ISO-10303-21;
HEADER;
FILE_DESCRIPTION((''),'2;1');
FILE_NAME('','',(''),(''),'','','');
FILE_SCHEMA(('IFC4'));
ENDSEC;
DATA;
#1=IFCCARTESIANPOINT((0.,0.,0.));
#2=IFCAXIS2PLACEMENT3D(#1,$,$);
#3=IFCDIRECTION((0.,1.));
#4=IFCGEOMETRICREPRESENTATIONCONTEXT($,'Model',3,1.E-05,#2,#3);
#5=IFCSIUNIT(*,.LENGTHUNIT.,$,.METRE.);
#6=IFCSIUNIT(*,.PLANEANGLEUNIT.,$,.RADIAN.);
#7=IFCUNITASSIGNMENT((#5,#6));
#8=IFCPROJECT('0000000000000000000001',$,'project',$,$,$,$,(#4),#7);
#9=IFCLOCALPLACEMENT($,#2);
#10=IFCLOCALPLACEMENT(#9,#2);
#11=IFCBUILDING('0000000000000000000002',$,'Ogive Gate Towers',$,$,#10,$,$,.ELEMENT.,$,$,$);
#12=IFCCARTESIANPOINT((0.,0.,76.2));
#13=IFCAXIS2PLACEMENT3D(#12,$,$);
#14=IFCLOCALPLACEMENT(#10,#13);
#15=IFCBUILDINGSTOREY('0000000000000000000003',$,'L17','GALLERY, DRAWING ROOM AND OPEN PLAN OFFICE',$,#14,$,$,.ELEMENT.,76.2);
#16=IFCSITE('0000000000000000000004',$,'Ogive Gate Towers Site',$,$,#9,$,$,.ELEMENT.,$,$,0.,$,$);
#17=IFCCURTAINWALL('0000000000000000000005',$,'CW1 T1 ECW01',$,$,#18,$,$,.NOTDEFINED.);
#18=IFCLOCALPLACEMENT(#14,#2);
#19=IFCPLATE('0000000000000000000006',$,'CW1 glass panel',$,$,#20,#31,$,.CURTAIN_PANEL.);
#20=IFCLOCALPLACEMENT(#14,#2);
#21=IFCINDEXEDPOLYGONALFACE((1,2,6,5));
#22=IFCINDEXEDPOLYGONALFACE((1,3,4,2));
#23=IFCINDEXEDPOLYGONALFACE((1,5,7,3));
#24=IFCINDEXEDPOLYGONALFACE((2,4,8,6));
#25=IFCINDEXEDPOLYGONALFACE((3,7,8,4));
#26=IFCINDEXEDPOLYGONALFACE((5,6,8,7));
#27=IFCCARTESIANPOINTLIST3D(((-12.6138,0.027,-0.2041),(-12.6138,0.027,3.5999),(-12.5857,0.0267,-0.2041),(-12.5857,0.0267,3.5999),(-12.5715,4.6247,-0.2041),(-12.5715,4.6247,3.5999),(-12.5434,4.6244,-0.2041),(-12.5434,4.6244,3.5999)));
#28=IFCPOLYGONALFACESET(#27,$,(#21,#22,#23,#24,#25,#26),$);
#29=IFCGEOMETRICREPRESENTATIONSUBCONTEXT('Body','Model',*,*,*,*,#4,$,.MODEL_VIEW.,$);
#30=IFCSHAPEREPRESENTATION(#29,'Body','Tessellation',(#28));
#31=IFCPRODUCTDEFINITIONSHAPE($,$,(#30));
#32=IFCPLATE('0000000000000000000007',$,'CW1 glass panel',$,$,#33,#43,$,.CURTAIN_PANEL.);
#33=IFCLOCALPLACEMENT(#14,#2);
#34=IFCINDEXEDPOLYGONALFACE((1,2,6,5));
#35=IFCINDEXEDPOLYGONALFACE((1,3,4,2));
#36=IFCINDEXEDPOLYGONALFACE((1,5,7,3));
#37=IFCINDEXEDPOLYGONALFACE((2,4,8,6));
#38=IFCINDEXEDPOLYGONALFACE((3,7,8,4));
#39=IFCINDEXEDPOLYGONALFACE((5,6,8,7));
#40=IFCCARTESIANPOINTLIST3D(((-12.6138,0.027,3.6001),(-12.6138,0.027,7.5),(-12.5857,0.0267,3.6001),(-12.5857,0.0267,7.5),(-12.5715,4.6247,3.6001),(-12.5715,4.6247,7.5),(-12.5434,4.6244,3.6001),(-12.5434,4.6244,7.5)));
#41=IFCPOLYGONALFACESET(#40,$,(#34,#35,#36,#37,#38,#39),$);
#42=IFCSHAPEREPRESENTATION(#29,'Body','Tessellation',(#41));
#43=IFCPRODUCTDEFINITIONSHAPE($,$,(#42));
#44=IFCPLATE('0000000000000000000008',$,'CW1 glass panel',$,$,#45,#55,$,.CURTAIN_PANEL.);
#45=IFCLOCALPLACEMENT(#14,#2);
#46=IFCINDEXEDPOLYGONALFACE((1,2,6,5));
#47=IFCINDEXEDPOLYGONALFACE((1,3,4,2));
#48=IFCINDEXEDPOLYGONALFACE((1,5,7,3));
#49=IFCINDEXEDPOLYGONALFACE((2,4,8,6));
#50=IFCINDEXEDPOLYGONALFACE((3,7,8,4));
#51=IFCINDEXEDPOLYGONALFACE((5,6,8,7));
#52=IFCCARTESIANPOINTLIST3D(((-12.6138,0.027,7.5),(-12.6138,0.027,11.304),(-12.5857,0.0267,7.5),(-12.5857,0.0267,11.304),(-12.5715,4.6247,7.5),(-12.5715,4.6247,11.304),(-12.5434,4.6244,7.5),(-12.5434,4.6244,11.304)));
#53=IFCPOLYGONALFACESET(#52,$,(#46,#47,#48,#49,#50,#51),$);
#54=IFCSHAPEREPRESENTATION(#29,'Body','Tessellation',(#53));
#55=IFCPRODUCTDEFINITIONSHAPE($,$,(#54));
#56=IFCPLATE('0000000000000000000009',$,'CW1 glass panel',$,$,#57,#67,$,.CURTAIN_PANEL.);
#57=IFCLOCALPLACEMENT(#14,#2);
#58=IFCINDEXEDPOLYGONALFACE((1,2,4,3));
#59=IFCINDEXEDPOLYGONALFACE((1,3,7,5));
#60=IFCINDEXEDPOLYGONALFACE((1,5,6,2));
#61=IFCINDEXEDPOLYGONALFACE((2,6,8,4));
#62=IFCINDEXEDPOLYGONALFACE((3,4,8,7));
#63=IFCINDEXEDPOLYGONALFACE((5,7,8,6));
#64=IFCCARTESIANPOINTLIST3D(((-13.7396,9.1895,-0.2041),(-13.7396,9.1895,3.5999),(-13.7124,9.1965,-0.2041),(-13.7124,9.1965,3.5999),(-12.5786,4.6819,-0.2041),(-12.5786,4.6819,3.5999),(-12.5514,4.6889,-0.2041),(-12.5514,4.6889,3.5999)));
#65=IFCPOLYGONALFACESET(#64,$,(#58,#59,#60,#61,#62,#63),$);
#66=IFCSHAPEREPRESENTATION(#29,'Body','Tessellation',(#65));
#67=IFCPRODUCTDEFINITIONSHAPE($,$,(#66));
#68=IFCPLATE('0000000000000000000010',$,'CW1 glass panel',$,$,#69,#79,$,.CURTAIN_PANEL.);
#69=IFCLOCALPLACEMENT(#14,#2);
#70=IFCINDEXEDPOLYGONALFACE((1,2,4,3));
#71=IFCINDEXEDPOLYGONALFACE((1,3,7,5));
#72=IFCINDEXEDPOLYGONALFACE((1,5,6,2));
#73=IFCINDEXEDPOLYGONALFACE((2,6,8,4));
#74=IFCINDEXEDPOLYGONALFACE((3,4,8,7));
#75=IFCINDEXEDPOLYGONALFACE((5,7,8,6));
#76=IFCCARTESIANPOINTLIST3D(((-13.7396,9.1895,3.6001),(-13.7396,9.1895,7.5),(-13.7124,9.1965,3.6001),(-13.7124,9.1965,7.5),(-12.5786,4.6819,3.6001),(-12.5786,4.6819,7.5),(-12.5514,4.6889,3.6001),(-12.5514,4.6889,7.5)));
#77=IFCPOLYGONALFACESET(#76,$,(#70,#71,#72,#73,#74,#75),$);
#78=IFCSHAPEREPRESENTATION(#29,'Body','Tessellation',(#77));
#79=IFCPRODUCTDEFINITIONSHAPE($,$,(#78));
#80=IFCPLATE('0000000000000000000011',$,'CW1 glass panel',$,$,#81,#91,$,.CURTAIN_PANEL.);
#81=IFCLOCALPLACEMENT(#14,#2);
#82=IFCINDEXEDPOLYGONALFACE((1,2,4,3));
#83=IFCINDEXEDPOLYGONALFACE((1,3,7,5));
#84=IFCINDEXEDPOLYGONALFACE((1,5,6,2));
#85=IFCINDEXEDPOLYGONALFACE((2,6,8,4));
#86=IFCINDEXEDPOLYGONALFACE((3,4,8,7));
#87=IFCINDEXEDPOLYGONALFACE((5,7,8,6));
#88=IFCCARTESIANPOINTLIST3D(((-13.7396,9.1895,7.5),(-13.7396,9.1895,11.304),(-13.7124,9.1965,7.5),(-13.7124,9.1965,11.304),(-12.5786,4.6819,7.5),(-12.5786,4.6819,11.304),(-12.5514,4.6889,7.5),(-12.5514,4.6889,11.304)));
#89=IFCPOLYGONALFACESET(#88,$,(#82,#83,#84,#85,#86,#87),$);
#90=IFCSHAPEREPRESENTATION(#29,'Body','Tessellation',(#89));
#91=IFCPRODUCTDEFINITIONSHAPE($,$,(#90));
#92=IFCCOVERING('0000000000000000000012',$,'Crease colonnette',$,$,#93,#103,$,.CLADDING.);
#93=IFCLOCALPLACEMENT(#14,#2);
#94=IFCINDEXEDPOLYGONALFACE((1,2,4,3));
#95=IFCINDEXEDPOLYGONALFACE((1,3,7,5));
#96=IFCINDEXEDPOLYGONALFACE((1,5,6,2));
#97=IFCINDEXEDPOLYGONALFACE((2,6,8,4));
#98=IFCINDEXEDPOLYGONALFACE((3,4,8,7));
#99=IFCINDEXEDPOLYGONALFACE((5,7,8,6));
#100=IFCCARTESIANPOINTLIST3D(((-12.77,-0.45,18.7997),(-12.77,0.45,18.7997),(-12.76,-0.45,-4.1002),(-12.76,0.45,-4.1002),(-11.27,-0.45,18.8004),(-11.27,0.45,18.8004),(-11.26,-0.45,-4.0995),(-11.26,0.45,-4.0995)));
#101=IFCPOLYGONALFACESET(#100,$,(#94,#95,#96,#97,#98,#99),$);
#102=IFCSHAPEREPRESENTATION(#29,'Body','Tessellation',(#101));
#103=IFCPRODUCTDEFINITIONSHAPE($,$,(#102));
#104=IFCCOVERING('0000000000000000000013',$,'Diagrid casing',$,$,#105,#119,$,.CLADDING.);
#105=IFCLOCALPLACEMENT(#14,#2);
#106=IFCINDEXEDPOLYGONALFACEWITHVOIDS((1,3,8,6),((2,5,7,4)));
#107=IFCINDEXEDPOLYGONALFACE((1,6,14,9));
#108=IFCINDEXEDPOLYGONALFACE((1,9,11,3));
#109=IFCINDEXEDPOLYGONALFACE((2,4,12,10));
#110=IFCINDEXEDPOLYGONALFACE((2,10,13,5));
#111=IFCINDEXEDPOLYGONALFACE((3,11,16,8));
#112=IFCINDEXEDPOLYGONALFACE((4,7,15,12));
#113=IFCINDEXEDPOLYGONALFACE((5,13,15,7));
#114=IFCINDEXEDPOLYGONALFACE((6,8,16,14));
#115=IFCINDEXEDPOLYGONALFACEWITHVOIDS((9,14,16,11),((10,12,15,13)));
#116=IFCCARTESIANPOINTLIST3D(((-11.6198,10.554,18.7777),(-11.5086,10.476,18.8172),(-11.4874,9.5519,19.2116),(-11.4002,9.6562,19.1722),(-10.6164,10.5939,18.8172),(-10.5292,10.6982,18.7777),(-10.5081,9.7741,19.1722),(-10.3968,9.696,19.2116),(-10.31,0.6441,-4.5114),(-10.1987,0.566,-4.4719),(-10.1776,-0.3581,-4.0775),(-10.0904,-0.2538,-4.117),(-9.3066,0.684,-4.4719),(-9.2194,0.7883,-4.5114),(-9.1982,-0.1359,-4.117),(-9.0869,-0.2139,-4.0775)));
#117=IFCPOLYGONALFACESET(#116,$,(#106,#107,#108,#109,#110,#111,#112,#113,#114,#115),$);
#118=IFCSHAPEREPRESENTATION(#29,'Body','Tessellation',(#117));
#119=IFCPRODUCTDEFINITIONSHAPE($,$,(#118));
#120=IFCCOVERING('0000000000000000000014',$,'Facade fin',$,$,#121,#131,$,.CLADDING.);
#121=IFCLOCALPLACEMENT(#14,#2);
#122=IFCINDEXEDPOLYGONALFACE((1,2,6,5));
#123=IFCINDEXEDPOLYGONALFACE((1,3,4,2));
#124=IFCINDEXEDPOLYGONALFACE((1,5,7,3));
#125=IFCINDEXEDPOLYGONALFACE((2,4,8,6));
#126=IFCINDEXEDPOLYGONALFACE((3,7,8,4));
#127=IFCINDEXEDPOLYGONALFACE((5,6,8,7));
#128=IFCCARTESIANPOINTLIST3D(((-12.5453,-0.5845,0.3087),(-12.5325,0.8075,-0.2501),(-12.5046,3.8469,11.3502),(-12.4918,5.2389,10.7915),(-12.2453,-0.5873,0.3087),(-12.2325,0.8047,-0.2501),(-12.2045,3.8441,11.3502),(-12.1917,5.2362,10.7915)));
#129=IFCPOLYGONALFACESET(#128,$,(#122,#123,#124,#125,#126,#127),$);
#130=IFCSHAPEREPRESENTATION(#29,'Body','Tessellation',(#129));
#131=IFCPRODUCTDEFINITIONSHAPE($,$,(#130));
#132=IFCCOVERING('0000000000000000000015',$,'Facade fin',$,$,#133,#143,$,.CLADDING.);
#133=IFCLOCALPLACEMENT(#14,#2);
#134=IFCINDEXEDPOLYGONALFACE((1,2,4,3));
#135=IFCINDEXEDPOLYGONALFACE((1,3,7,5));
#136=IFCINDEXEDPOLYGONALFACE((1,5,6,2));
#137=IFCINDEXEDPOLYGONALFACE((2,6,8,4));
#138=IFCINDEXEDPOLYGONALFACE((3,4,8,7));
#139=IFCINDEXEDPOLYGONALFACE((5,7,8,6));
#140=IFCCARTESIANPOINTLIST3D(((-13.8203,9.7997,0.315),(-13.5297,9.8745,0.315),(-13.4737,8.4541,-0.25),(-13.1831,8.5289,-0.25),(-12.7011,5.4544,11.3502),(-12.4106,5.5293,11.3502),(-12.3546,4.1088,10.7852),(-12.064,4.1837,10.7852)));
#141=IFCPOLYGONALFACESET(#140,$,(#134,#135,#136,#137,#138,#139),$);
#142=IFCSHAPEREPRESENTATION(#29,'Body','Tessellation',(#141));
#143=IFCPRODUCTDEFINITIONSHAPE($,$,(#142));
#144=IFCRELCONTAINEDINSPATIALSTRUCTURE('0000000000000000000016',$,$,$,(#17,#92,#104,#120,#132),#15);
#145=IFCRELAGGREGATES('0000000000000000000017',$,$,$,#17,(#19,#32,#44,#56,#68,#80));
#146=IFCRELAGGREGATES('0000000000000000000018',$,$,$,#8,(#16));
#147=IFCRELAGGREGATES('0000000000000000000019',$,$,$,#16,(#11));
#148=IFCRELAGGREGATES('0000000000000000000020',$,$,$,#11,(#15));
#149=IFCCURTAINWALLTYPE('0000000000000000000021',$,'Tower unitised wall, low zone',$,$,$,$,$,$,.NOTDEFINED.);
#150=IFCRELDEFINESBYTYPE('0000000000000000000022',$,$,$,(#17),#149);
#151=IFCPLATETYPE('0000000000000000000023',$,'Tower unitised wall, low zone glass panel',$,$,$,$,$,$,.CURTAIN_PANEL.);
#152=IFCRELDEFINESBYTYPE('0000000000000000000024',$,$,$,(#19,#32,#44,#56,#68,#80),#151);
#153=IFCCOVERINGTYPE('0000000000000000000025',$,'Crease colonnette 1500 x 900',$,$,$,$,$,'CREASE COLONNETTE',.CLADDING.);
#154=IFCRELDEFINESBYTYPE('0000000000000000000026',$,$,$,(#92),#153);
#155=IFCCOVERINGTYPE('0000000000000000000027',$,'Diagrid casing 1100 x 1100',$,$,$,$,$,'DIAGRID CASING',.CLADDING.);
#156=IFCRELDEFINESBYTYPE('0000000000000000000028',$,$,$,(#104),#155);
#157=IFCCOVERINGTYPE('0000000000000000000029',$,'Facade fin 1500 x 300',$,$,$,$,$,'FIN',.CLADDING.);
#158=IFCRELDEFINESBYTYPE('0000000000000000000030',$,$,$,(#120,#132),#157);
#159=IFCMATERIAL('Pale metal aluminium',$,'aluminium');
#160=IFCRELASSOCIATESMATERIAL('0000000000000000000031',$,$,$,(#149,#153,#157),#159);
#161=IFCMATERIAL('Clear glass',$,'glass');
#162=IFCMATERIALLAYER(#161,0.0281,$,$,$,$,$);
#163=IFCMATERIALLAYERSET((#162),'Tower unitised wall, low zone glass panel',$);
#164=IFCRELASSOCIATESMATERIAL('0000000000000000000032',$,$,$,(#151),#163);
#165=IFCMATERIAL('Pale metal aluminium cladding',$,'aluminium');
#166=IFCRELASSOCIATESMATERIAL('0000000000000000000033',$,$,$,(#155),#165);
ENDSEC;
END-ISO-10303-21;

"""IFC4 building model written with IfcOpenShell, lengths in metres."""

from ifc_helpers import new_model, si_unit, direction, frame, origin, origin_2d, place, context, subcontext, project, spatial, rectangle, hollow_rectangle, extrude, material, layer, layer_set, material_profile, profile_set, type_object, element, aggregate, save


model = new_model("IFC4")

# Units and contexts
model_context = context("Model", 3, precision=1e-05, world=origin(), true_north=direction((0.0, 1.0)))
body_context = subcontext(model_context, "Body", "Model", "MODEL_VIEW")
ifc_project = project(units=[si_unit("LENGTHUNIT", "METRE"), si_unit("PLANEANGLEUNIT", "RADIAN")], contexts=[model_context])

# Site, building, storey
site_placement = place(None, origin())
site = spatial("IfcSite", under=ifc_project, at=site_placement, Name="Ogive Gate Towers Site", CompositionType="ELEMENT", RefElevation=0.0)
building_placement = place(site_placement, origin())
building = spatial("IfcBuilding", under=site, at=building_placement, Name="Ogive Gate Towers", CompositionType="ELEMENT")
storey_placement = place(building_placement, frame((0.0, 0.0, 76.2)))
storey = spatial("IfcBuildingStorey", under=building, at=storey_placement, Name="L17", Description="GALLERY, DRAWING ROOM AND OPEN PLAN OFFICE", CompositionType="ELEMENT", Elevation=76.2)

# Curtain wall
ifc_material_1 = material(Name="Pale metal aluminium", Category="aluminium")
curtain_wall_type = type_object("IfcCurtainWallType", Name="Tower unitised wall, low zone", PredefinedType="NOTDEFINED", material=ifc_material_1)
curtain_wall_placement = place(storey_placement, origin())
curtain_wall = element("IfcCurtainWall", 1, at=curtain_wall_placement, inside=storey, type_object=curtain_wall_type, Name="CW1 T1 ECW01", PredefinedType="NOTDEFINED")

# Plates
ifc_material_2 = material(Name="Clear glass", Category="glass")
ifc_layer_1 = layer(ifc_material_2, 0.0281)
ifc_layer_set_1 = layer_set([ifc_layer_1], Name="Tower unitised wall, low zone glass panel")
plate_type = type_object("IfcPlateType", Name="Tower unitised wall, low zone glass panel", PredefinedType="CURTAIN_PANEL", material=ifc_layer_set_1)
plate_1_placement = place(storey_placement, frame((-12.5786, 2.3257, -0.2041), z_axis=(0.0, 0.0, 1.0), x_axis=(0.009198, 0.999958, 0.0)))
plate_1 = element("IfcPlate", 2, at=plate_1_placement, type_object=plate_type, Name="CW1 glass panel", PredefinedType="CURTAIN_PANEL", context=body_context, shape_type="SweptSolid", body=[
    extrude(rectangle(XDim=4.5979, YDim=0.0281, at=origin_2d()), origin(), (0.0, 0.0, 1.0), 3.804),
])
plate_2_placement = place(storey_placement, frame((-12.5786, 2.3257, 3.6001), z_axis=(0.0, 0.0, 1.0), x_axis=(0.009198, 0.999958, 0.0)))
plate_2 = element("IfcPlate", 3, at=plate_2_placement, type_object=plate_type, Name="CW1 glass panel", PredefinedType="CURTAIN_PANEL", context=body_context, shape_type="SweptSolid", body=[
    extrude(rectangle(XDim=4.5979, YDim=0.0281, at=origin_2d()), origin(), (0.0, 0.0, 1.0), 3.8999),
])
plate_3_placement = place(storey_placement, frame((-12.5786, 2.3257, 7.5), z_axis=(0.0, 0.0, 1.0), x_axis=(0.009198, 0.999958, 0.0)))
plate_3 = element("IfcPlate", 4, at=plate_3_placement, type_object=plate_type, Name="CW1 glass panel", PredefinedType="CURTAIN_PANEL", context=body_context, shape_type="SweptSolid", body=[
    extrude(rectangle(XDim=4.5979, YDim=0.0281, at=origin_2d()), origin(), (0.0, 0.0, 1.0), 3.804),
])
plate_4_placement = place(storey_placement, frame((-13.1455, 6.9392, -0.2041), z_axis=(0.0, 0.0, 1.0), x_axis=(-0.249417, 0.968396, 0.0)))
plate_4 = element("IfcPlate", 5, at=plate_4_placement, type_object=plate_type, Name="CW1 glass panel", PredefinedType="CURTAIN_PANEL", context=body_context, shape_type="SweptSolid", body=[
    extrude(rectangle(XDim=4.6548, YDim=0.0281, at=origin_2d()), origin(), (0.0, 0.0, 1.0), 3.804),
])
plate_5_placement = place(storey_placement, frame((-13.1455, 6.9392, 3.6001), z_axis=(0.0, 0.0, 1.0), x_axis=(-0.249417, 0.968396, 0.0)))
plate_5 = element("IfcPlate", 6, at=plate_5_placement, type_object=plate_type, Name="CW1 glass panel", PredefinedType="CURTAIN_PANEL", context=body_context, shape_type="SweptSolid", body=[
    extrude(rectangle(XDim=4.6548, YDim=0.0281, at=origin_2d()), origin(), (0.0, 0.0, 1.0), 3.8999),
])
plate_6_placement = place(storey_placement, frame((-13.1455, 6.9392, 7.5), z_axis=(0.0, 0.0, 1.0), x_axis=(-0.249417, 0.968396, 0.0)))
plate_6 = element("IfcPlate", 7, at=plate_6_placement, type_object=plate_type, Name="CW1 glass panel", PredefinedType="CURTAIN_PANEL", context=body_context, shape_type="SweptSolid", body=[
    extrude(rectangle(XDim=4.6548, YDim=0.0281, at=origin_2d()), origin(), (0.0, 0.0, 1.0), 3.804),
])
aggregate(curtain_wall, [plate_1, plate_2, plate_3, plate_4, plate_5, plate_6])

# Coverings
ifc_material_profile_1 = material_profile(ifc_material_1, rectangle(XDim=1.5, YDim=0.8999, at=origin_2d()), Name="1500 x 900 pale metal aluminium")
ifc_profile_set_1 = profile_set([ifc_material_profile_1], Name="Pale metal aluminium")
covering_type_1 = type_object("IfcCoveringType", Name="Crease colonnette 1500 x 900", ElementType="CREASE COLONNETTE", PredefinedType="CLADDING", material=ifc_profile_set_1)
covering_1_placement = place(storey_placement, frame((-12.01, 0.0, -4.0999), z_axis=(-0.000437, 0.0, 1.0), x_axis=(1.0, 0.0, 0.0)))
element("IfcCovering", 8, at=covering_1_placement, inside=storey, type_object=covering_type_1, Name="Crease colonnette", PredefinedType="CLADDING", context=body_context, shape_type="SweptSolid", body=[
    extrude(rectangle(XDim=1.5, YDim=0.8999, at=origin_2d()), origin(), (0.0, 0.0, 1.0), 22.8999),
])
ifc_material_3 = material(Name="Pale metal aluminium cladding", Category="aluminium")
ifc_material_profile_2 = material_profile(ifc_material_3, hollow_rectangle(XDim=1.1001, YDim=1.1001, WallThickness=0.1001, at=origin_2d()), Name="1100 x 1100 pale metal casing")
ifc_profile_set_2 = profile_set([ifc_material_profile_2], Name="Pale metal aluminium cladding")
covering_type_2 = type_object("IfcCoveringType", Name="Diagrid casing 1100 x 1100", ElementType="DIAGRID CASING", PredefinedType="CLADDING", material=ifc_profile_set_2)
covering_2_placement = place(storey_placement, frame((-9.6985, 0.2151, -4.2944), z_axis=(-0.051682, 0.391021, 0.91893), x_axis=(-0.991378, -0.131033, 0.0)))
element("IfcCovering", 9, at=covering_2_placement, inside=storey, type_object=covering_type_2, Name="Diagrid casing", PredefinedType="CLADDING", context=body_context, shape_type="SweptSolid", body=[
    extrude(hollow_rectangle(XDim=1.1001, YDim=1.1001, WallThickness=0.1001, at=origin_2d()), origin(), (0.0, 0.0, 1.0), 25.3438),
])
ifc_material_profile_3 = material_profile(ifc_material_1, rectangle(XDim=0.3, YDim=1.5, at=origin_2d()), Name="1500 x 300 pale metal aluminium")
ifc_profile_set_3 = profile_set([ifc_material_profile_3], Name="Pale metal aluminium")
covering_type_3 = type_object("IfcCoveringType", Name="Facade fin 1500 x 300", ElementType="FIN", PredefinedType="CLADDING", material=ifc_profile_set_3)
covering_3_placement = place(storey_placement, frame((-12.3889, 0.1101, 0.0293), z_axis=(0.003427, 0.37246, 0.928042), x_axis=(-0.999958, 0.0092, 0.0)))
element("IfcCovering", 10, at=covering_3_placement, inside=storey, type_object=covering_type_3, Name="Facade fin", PredefinedType="CLADDING", context=body_context, shape_type="SweptSolid", body=[
    extrude(rectangle(XDim=0.3, YDim=1.5, at=origin_2d()), origin(), (0.0, 0.0, 1.0), 11.8977),
])
covering_4_placement = place(storey_placement, frame((-13.5017, 9.1643, 0.0325), z_axis=(0.093947, -0.36476, 0.92635), x_axis=(0.968396, 0.249417, 0.0)))
element("IfcCovering", 11, at=covering_4_placement, inside=storey, type_object=covering_type_3, Name="Facade fin", PredefinedType="CLADDING", context=body_context, shape_type="SweptSolid", body=[
    extrude(rectangle(XDim=0.3, YDim=1.5, at=origin_2d()), origin(), (0.0, 0.0, 1.0), 11.9126),
])

save(model, "model.ifc")
